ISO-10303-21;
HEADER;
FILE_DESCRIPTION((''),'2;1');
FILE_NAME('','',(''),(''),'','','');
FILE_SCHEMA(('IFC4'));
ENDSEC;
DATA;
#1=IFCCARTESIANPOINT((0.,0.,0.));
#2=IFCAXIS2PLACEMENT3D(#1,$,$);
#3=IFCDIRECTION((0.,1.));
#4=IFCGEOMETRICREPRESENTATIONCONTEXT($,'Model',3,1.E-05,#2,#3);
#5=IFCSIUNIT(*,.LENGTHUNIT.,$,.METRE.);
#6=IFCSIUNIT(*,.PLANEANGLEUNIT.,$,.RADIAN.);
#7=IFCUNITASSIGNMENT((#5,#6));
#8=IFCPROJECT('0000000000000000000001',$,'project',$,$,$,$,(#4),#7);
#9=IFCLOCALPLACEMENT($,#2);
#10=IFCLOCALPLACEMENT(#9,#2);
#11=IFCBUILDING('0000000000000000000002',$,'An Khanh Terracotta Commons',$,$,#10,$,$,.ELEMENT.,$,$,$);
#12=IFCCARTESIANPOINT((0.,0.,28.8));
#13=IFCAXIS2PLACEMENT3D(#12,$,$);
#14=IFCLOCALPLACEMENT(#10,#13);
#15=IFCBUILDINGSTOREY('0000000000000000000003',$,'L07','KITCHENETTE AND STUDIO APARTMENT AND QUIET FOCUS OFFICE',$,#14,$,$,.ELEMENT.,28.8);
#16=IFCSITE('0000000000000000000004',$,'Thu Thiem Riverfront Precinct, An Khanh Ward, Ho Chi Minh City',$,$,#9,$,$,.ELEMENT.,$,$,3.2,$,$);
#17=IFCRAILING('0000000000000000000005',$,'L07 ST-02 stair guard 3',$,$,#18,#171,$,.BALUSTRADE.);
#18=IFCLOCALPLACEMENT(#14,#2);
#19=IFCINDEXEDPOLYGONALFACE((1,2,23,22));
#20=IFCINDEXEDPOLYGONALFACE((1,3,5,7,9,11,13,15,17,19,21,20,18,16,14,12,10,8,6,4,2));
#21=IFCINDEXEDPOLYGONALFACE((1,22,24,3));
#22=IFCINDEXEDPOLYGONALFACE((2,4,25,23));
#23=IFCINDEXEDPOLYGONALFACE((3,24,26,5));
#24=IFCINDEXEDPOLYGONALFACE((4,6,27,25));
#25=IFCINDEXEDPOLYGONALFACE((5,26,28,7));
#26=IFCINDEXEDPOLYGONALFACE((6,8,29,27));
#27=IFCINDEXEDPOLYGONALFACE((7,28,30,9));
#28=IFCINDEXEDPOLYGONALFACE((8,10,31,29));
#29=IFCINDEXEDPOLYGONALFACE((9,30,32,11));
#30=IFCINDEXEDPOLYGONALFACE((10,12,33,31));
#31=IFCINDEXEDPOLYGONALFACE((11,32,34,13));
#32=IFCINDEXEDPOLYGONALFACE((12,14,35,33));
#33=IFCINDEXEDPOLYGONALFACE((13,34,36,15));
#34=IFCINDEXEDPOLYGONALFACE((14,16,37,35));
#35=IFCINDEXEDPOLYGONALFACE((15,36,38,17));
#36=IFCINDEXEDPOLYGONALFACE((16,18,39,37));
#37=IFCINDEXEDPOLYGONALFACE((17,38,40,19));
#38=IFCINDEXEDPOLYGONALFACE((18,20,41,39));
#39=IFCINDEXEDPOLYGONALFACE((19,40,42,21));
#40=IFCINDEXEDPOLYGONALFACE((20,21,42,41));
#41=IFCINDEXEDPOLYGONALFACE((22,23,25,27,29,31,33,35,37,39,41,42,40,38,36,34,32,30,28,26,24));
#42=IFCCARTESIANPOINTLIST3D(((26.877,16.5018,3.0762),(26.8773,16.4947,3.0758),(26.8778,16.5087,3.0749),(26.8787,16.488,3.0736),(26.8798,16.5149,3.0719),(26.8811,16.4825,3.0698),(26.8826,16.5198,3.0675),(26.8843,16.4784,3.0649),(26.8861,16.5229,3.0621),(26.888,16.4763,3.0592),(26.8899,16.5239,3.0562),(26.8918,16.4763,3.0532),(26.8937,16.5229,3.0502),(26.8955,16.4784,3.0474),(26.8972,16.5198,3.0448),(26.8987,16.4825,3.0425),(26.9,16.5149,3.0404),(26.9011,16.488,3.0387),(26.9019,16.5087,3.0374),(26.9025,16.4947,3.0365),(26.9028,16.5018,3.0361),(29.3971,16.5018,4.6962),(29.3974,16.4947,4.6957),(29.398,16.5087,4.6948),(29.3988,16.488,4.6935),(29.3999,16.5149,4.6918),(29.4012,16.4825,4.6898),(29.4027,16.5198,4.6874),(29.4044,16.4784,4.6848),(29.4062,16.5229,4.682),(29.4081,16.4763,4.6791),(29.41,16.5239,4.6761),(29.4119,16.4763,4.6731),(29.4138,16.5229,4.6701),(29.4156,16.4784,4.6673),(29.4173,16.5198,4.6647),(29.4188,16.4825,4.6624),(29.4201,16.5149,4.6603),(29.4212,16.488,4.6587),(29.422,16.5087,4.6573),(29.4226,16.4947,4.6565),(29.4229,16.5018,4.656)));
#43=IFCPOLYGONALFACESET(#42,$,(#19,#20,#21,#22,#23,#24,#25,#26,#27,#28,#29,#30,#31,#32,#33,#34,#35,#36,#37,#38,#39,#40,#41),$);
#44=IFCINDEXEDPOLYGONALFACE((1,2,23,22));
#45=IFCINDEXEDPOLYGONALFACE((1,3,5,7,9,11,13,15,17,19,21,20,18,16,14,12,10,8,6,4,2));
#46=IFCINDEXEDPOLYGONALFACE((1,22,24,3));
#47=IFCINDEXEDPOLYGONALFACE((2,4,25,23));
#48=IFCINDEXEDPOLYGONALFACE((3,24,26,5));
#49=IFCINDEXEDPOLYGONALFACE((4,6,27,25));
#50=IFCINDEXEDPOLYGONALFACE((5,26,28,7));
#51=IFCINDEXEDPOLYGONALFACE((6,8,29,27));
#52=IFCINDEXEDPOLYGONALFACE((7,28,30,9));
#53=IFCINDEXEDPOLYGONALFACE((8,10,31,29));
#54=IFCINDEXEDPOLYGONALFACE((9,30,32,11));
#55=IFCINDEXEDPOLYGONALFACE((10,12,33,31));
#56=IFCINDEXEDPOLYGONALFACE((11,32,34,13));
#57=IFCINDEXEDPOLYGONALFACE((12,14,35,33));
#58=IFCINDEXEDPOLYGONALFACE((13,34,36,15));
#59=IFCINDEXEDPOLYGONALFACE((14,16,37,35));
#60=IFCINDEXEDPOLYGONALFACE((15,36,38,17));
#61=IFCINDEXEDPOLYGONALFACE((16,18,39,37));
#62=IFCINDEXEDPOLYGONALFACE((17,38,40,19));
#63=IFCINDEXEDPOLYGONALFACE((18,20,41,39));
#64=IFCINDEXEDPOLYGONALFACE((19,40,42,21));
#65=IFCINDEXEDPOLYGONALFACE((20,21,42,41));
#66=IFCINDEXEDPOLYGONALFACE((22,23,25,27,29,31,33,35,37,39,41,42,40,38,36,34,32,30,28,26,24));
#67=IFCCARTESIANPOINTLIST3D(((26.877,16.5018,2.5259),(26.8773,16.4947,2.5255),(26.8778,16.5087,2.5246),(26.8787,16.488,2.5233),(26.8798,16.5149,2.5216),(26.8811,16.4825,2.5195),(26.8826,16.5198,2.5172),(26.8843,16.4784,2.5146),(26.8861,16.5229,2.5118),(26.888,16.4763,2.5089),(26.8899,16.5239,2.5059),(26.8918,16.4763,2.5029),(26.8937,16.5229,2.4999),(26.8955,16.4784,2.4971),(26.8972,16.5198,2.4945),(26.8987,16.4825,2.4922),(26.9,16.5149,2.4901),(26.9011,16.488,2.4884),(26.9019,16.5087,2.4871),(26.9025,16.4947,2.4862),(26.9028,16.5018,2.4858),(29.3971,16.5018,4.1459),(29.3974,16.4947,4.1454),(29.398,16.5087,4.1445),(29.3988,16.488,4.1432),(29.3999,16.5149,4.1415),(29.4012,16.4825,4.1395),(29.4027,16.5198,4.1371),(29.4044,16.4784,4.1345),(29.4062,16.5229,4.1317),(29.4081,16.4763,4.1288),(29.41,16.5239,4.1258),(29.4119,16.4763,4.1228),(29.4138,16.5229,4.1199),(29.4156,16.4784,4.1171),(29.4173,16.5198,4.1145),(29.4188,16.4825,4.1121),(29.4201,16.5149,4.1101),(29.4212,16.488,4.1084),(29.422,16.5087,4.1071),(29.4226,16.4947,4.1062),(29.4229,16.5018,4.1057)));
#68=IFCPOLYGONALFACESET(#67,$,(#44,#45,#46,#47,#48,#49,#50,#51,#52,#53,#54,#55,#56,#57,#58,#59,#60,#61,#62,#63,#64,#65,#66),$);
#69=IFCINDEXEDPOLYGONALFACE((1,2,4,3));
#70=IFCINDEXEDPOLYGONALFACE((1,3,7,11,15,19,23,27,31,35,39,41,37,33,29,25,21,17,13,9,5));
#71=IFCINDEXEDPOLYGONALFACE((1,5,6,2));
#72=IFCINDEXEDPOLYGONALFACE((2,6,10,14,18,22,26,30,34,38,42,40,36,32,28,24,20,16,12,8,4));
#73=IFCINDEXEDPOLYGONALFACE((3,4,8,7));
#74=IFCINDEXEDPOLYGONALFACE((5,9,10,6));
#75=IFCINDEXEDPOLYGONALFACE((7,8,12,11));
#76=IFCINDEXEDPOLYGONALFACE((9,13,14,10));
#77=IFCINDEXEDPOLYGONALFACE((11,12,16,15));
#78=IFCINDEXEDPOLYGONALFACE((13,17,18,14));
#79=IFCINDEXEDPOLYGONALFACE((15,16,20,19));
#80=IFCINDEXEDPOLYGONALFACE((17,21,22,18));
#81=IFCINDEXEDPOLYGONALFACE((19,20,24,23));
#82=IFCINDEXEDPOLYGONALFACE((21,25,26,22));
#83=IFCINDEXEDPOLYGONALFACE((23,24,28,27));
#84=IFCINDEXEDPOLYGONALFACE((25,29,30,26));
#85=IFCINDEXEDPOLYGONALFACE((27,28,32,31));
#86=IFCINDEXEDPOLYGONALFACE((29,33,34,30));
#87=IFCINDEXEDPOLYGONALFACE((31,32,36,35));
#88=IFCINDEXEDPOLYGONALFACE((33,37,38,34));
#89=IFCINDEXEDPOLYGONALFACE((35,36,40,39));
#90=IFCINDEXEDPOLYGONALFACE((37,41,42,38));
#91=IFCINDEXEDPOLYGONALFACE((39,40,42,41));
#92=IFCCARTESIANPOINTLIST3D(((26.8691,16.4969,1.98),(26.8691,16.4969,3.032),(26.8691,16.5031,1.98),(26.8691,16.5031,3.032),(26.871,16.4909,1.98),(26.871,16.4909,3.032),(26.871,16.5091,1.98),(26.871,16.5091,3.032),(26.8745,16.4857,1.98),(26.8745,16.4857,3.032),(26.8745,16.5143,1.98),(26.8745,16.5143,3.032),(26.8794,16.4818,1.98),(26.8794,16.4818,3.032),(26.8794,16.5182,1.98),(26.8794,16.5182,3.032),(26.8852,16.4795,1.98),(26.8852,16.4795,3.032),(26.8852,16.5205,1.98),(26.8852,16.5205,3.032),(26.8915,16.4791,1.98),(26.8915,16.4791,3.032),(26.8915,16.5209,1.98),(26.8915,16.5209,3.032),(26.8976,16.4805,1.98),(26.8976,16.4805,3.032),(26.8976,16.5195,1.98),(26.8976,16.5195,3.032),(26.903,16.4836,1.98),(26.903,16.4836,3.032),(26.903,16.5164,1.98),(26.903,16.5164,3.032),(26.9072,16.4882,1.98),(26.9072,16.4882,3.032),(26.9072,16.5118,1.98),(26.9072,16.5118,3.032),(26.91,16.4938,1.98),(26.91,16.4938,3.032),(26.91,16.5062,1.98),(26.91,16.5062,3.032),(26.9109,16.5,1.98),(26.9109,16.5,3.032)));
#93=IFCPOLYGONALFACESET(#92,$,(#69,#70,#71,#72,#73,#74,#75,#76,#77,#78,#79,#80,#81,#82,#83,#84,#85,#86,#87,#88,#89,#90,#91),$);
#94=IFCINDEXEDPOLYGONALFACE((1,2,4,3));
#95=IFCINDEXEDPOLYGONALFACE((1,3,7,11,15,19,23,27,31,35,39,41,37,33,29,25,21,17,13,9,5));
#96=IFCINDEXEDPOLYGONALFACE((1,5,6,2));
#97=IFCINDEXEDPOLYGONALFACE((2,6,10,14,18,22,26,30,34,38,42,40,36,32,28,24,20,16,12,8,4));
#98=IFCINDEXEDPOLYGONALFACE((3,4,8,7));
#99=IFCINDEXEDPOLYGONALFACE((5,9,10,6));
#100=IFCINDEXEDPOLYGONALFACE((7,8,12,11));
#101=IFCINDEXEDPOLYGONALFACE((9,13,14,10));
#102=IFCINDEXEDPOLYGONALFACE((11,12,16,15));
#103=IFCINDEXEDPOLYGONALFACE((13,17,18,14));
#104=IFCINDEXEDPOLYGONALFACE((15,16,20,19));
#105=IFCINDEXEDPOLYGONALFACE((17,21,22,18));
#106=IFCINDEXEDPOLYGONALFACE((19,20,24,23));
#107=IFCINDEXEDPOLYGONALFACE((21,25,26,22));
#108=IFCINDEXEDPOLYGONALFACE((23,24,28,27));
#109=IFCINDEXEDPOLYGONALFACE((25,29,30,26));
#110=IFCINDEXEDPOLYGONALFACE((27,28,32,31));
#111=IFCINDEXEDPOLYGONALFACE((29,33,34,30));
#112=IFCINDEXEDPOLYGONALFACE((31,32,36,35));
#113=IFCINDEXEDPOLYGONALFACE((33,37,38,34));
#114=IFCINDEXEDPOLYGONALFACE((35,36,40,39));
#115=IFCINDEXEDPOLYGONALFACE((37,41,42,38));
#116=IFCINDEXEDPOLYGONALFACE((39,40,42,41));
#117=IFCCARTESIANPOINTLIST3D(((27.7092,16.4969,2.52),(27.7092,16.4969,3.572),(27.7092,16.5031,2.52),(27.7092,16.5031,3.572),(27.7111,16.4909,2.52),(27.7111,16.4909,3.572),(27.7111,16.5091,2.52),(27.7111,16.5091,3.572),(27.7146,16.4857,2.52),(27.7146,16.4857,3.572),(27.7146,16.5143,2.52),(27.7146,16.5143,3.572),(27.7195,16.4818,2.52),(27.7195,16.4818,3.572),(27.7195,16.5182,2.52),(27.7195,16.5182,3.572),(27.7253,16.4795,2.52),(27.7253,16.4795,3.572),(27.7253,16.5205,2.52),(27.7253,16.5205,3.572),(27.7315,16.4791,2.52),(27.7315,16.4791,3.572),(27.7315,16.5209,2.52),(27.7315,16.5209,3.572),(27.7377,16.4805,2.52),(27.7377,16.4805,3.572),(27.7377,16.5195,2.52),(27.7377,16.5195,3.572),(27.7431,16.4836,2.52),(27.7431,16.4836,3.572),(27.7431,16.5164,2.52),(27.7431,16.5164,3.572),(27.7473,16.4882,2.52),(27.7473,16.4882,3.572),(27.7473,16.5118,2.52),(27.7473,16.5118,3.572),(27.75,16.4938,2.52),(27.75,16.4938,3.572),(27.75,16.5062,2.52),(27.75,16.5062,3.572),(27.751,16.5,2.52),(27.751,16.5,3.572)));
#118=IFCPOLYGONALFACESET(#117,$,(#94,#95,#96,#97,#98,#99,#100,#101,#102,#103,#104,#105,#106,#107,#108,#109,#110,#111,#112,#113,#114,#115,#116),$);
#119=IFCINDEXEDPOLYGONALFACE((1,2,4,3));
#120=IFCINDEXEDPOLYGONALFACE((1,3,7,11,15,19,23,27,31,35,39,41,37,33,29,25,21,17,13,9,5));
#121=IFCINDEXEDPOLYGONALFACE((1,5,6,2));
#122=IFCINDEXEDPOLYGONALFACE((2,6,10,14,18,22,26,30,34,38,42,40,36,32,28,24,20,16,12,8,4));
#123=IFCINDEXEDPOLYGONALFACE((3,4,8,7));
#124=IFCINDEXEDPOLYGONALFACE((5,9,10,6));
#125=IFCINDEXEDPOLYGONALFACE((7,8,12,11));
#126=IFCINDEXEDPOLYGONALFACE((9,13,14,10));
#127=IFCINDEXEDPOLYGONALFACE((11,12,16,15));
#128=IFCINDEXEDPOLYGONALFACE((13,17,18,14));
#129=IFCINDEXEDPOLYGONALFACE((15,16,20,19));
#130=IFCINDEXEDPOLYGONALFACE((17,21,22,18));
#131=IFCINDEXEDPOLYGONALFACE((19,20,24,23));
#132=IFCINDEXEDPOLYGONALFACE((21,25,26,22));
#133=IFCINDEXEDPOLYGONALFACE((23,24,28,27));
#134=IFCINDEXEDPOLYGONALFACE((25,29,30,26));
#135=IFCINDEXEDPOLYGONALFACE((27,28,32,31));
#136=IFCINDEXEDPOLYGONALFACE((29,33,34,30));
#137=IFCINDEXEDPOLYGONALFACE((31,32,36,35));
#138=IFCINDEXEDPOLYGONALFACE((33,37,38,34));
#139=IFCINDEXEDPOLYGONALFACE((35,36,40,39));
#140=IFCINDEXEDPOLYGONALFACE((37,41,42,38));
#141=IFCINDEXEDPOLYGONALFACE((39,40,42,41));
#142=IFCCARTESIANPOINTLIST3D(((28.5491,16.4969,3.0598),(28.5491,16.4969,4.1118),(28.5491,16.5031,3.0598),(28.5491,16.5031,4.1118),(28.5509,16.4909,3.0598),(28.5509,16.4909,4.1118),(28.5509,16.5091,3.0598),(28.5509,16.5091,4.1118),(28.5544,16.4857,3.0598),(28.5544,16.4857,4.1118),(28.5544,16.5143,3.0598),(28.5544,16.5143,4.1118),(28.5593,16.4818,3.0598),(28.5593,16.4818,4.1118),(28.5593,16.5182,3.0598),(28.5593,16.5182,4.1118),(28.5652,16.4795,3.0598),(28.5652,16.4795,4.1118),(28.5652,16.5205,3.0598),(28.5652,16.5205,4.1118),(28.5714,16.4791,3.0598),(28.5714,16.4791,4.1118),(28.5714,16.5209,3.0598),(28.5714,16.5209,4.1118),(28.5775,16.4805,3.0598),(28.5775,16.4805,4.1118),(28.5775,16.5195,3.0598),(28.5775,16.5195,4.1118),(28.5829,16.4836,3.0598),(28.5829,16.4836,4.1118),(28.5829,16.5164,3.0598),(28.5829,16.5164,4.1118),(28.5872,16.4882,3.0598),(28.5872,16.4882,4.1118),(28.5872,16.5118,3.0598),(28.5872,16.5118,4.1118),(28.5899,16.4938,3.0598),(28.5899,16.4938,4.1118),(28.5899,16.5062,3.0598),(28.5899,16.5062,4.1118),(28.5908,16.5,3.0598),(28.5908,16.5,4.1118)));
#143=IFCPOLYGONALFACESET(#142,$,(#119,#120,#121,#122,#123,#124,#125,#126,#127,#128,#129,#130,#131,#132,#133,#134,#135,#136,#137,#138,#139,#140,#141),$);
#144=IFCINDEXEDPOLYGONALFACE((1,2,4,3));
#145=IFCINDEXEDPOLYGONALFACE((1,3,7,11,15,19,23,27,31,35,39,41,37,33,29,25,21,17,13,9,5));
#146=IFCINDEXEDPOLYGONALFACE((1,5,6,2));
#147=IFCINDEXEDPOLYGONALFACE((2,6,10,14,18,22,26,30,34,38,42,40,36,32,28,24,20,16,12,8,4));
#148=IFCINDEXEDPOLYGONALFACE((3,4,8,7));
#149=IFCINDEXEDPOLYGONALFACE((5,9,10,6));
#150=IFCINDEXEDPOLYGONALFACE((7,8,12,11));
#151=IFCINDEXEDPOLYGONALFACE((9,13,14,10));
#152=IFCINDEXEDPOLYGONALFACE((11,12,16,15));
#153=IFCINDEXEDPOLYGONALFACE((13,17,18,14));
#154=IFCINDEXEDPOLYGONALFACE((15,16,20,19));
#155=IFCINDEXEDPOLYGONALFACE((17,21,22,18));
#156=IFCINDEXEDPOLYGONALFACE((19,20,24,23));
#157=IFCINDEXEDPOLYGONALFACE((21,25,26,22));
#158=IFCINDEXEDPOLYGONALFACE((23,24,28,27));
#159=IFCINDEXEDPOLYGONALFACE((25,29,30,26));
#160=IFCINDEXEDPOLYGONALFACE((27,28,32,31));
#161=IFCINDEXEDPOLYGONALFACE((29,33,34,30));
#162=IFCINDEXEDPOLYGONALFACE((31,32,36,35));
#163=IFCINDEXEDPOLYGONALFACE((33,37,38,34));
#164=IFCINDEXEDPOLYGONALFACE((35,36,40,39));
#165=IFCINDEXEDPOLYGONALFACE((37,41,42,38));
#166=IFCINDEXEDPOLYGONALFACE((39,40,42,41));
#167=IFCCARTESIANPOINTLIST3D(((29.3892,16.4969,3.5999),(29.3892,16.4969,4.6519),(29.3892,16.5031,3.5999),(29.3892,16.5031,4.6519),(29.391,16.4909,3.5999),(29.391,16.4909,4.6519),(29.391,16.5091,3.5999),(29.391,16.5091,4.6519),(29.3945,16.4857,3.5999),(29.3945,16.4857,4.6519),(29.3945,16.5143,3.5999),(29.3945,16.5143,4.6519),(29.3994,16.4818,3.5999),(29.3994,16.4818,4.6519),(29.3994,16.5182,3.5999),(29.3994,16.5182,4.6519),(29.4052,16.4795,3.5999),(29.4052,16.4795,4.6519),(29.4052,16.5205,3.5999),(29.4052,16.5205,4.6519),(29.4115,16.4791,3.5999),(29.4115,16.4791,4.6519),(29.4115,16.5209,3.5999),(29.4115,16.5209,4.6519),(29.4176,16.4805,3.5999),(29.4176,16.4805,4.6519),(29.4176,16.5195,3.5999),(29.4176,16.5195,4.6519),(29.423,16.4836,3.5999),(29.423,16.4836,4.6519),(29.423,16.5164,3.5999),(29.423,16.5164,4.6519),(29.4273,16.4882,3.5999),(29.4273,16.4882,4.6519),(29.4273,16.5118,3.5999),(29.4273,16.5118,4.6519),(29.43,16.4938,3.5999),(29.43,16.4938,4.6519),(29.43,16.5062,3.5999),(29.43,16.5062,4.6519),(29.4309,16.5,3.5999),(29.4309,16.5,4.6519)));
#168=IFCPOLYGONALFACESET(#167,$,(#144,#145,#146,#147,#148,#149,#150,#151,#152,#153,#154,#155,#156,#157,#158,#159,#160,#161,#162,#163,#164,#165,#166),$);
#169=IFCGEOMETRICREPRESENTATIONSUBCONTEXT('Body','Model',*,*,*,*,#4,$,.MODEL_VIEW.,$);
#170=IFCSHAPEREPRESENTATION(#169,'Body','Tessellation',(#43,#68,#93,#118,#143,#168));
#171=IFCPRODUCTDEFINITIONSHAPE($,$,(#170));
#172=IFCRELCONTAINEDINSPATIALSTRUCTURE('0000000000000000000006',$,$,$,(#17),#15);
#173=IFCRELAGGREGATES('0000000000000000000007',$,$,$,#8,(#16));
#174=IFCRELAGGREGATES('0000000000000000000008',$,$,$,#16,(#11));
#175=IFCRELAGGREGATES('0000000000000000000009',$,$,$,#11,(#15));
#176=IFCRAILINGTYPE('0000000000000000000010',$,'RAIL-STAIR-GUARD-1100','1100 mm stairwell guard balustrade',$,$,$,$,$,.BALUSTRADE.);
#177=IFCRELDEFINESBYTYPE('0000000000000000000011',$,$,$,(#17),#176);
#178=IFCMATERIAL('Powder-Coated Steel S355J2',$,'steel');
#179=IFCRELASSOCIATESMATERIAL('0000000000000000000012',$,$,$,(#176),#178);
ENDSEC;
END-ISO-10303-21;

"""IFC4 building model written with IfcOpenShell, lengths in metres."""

from ifc_helpers import new_model, si_unit, direction, frame, origin, origin_2d, place, context, subcontext, project, spatial, circle, extrude, material, type_object, element, save


model = new_model("IFC4")

# Units and contexts
model_context = context("Model", 3, precision=1e-05, world=origin(), true_north=direction((0.0, 1.0)))
body_context = subcontext(model_context, "Body", "Model", "MODEL_VIEW")
ifc_project = project(units=[si_unit("LENGTHUNIT", "METRE"), si_unit("PLANEANGLEUNIT", "RADIAN")], contexts=[model_context])

# Site, building, storey
site_placement = place(None, origin())
site = spatial("IfcSite", under=ifc_project, at=site_placement, Name="Thu Thiem Riverfront Precinct, An Khanh Ward, Ho Chi Minh City", CompositionType="ELEMENT", RefElevation=3.2)
building_placement = place(site_placement, origin())
building = spatial("IfcBuilding", under=site, at=building_placement, Name="An Khanh Terracotta Commons", CompositionType="ELEMENT")
storey_placement = place(building_placement, frame((0.0, 0.0, 28.8)))
storey = spatial("IfcBuildingStorey", under=building, at=storey_placement, Name="L07", Description="KITCHENETTE AND STUDIO APARTMENT AND QUIET FOCUS OFFICE", CompositionType="ELEMENT", Elevation=28.8)

# Railing
ifc_material_1 = material(Name="Powder-Coated Steel S355J2", Category="steel")
railing_type_1 = type_object("IfcRailingType", Name="RAIL-STAIR-GUARD-1100", Description="1100 mm stairwell guard balustrade", PredefinedType="BALUSTRADE", material=ifc_material_1)
railing_1_placement = place(storey_placement, frame((26.8899, 16.5, 1.98)))
element("IfcRailing", 1, at=railing_1_placement, inside=storey, type_object=railing_type_1, Name="L07 ST-02 stair guard 3", PredefinedType="BALUSTRADE", context=body_context, shape_type="SweptSolid", body=[
    extrude(circle(Radius=0.0239, at=origin_2d()), frame((0.0, 0.0, 1.0762), z_axis=(0.8412, 0.0, 0.540725), x_axis=(0.0, 1.0, 0.0)), (0.0, 0.0, 1.0), 2.9958),
    extrude(circle(Radius=0.0239, at=origin_2d()), frame((0.0, 0.0, 0.5259), z_axis=(0.8412, 0.0, 0.540725), x_axis=(0.0, 1.0, 0.0)), (0.0, 0.0, 1.0), 2.9958),
    extrude(circle(Radius=0.021, at=origin_2d()), origin(), (0.0, 0.0, 1.0), 1.052),
    extrude(circle(Radius=0.021, at=origin_2d()), frame((0.8401, 0.0, 0.54)), (0.0, 0.0, 1.0), 1.052),
    extrude(circle(Radius=0.021, at=origin_2d()), frame((1.6799, 0.0, 1.0798)), (0.0, 0.0, 1.0), 1.052),
    extrude(circle(Radius=0.021, at=origin_2d()), frame((2.52, 0.0, 1.6199)), (0.0, 0.0, 1.0), 1.052),
])

save(model, "model.ifc")
